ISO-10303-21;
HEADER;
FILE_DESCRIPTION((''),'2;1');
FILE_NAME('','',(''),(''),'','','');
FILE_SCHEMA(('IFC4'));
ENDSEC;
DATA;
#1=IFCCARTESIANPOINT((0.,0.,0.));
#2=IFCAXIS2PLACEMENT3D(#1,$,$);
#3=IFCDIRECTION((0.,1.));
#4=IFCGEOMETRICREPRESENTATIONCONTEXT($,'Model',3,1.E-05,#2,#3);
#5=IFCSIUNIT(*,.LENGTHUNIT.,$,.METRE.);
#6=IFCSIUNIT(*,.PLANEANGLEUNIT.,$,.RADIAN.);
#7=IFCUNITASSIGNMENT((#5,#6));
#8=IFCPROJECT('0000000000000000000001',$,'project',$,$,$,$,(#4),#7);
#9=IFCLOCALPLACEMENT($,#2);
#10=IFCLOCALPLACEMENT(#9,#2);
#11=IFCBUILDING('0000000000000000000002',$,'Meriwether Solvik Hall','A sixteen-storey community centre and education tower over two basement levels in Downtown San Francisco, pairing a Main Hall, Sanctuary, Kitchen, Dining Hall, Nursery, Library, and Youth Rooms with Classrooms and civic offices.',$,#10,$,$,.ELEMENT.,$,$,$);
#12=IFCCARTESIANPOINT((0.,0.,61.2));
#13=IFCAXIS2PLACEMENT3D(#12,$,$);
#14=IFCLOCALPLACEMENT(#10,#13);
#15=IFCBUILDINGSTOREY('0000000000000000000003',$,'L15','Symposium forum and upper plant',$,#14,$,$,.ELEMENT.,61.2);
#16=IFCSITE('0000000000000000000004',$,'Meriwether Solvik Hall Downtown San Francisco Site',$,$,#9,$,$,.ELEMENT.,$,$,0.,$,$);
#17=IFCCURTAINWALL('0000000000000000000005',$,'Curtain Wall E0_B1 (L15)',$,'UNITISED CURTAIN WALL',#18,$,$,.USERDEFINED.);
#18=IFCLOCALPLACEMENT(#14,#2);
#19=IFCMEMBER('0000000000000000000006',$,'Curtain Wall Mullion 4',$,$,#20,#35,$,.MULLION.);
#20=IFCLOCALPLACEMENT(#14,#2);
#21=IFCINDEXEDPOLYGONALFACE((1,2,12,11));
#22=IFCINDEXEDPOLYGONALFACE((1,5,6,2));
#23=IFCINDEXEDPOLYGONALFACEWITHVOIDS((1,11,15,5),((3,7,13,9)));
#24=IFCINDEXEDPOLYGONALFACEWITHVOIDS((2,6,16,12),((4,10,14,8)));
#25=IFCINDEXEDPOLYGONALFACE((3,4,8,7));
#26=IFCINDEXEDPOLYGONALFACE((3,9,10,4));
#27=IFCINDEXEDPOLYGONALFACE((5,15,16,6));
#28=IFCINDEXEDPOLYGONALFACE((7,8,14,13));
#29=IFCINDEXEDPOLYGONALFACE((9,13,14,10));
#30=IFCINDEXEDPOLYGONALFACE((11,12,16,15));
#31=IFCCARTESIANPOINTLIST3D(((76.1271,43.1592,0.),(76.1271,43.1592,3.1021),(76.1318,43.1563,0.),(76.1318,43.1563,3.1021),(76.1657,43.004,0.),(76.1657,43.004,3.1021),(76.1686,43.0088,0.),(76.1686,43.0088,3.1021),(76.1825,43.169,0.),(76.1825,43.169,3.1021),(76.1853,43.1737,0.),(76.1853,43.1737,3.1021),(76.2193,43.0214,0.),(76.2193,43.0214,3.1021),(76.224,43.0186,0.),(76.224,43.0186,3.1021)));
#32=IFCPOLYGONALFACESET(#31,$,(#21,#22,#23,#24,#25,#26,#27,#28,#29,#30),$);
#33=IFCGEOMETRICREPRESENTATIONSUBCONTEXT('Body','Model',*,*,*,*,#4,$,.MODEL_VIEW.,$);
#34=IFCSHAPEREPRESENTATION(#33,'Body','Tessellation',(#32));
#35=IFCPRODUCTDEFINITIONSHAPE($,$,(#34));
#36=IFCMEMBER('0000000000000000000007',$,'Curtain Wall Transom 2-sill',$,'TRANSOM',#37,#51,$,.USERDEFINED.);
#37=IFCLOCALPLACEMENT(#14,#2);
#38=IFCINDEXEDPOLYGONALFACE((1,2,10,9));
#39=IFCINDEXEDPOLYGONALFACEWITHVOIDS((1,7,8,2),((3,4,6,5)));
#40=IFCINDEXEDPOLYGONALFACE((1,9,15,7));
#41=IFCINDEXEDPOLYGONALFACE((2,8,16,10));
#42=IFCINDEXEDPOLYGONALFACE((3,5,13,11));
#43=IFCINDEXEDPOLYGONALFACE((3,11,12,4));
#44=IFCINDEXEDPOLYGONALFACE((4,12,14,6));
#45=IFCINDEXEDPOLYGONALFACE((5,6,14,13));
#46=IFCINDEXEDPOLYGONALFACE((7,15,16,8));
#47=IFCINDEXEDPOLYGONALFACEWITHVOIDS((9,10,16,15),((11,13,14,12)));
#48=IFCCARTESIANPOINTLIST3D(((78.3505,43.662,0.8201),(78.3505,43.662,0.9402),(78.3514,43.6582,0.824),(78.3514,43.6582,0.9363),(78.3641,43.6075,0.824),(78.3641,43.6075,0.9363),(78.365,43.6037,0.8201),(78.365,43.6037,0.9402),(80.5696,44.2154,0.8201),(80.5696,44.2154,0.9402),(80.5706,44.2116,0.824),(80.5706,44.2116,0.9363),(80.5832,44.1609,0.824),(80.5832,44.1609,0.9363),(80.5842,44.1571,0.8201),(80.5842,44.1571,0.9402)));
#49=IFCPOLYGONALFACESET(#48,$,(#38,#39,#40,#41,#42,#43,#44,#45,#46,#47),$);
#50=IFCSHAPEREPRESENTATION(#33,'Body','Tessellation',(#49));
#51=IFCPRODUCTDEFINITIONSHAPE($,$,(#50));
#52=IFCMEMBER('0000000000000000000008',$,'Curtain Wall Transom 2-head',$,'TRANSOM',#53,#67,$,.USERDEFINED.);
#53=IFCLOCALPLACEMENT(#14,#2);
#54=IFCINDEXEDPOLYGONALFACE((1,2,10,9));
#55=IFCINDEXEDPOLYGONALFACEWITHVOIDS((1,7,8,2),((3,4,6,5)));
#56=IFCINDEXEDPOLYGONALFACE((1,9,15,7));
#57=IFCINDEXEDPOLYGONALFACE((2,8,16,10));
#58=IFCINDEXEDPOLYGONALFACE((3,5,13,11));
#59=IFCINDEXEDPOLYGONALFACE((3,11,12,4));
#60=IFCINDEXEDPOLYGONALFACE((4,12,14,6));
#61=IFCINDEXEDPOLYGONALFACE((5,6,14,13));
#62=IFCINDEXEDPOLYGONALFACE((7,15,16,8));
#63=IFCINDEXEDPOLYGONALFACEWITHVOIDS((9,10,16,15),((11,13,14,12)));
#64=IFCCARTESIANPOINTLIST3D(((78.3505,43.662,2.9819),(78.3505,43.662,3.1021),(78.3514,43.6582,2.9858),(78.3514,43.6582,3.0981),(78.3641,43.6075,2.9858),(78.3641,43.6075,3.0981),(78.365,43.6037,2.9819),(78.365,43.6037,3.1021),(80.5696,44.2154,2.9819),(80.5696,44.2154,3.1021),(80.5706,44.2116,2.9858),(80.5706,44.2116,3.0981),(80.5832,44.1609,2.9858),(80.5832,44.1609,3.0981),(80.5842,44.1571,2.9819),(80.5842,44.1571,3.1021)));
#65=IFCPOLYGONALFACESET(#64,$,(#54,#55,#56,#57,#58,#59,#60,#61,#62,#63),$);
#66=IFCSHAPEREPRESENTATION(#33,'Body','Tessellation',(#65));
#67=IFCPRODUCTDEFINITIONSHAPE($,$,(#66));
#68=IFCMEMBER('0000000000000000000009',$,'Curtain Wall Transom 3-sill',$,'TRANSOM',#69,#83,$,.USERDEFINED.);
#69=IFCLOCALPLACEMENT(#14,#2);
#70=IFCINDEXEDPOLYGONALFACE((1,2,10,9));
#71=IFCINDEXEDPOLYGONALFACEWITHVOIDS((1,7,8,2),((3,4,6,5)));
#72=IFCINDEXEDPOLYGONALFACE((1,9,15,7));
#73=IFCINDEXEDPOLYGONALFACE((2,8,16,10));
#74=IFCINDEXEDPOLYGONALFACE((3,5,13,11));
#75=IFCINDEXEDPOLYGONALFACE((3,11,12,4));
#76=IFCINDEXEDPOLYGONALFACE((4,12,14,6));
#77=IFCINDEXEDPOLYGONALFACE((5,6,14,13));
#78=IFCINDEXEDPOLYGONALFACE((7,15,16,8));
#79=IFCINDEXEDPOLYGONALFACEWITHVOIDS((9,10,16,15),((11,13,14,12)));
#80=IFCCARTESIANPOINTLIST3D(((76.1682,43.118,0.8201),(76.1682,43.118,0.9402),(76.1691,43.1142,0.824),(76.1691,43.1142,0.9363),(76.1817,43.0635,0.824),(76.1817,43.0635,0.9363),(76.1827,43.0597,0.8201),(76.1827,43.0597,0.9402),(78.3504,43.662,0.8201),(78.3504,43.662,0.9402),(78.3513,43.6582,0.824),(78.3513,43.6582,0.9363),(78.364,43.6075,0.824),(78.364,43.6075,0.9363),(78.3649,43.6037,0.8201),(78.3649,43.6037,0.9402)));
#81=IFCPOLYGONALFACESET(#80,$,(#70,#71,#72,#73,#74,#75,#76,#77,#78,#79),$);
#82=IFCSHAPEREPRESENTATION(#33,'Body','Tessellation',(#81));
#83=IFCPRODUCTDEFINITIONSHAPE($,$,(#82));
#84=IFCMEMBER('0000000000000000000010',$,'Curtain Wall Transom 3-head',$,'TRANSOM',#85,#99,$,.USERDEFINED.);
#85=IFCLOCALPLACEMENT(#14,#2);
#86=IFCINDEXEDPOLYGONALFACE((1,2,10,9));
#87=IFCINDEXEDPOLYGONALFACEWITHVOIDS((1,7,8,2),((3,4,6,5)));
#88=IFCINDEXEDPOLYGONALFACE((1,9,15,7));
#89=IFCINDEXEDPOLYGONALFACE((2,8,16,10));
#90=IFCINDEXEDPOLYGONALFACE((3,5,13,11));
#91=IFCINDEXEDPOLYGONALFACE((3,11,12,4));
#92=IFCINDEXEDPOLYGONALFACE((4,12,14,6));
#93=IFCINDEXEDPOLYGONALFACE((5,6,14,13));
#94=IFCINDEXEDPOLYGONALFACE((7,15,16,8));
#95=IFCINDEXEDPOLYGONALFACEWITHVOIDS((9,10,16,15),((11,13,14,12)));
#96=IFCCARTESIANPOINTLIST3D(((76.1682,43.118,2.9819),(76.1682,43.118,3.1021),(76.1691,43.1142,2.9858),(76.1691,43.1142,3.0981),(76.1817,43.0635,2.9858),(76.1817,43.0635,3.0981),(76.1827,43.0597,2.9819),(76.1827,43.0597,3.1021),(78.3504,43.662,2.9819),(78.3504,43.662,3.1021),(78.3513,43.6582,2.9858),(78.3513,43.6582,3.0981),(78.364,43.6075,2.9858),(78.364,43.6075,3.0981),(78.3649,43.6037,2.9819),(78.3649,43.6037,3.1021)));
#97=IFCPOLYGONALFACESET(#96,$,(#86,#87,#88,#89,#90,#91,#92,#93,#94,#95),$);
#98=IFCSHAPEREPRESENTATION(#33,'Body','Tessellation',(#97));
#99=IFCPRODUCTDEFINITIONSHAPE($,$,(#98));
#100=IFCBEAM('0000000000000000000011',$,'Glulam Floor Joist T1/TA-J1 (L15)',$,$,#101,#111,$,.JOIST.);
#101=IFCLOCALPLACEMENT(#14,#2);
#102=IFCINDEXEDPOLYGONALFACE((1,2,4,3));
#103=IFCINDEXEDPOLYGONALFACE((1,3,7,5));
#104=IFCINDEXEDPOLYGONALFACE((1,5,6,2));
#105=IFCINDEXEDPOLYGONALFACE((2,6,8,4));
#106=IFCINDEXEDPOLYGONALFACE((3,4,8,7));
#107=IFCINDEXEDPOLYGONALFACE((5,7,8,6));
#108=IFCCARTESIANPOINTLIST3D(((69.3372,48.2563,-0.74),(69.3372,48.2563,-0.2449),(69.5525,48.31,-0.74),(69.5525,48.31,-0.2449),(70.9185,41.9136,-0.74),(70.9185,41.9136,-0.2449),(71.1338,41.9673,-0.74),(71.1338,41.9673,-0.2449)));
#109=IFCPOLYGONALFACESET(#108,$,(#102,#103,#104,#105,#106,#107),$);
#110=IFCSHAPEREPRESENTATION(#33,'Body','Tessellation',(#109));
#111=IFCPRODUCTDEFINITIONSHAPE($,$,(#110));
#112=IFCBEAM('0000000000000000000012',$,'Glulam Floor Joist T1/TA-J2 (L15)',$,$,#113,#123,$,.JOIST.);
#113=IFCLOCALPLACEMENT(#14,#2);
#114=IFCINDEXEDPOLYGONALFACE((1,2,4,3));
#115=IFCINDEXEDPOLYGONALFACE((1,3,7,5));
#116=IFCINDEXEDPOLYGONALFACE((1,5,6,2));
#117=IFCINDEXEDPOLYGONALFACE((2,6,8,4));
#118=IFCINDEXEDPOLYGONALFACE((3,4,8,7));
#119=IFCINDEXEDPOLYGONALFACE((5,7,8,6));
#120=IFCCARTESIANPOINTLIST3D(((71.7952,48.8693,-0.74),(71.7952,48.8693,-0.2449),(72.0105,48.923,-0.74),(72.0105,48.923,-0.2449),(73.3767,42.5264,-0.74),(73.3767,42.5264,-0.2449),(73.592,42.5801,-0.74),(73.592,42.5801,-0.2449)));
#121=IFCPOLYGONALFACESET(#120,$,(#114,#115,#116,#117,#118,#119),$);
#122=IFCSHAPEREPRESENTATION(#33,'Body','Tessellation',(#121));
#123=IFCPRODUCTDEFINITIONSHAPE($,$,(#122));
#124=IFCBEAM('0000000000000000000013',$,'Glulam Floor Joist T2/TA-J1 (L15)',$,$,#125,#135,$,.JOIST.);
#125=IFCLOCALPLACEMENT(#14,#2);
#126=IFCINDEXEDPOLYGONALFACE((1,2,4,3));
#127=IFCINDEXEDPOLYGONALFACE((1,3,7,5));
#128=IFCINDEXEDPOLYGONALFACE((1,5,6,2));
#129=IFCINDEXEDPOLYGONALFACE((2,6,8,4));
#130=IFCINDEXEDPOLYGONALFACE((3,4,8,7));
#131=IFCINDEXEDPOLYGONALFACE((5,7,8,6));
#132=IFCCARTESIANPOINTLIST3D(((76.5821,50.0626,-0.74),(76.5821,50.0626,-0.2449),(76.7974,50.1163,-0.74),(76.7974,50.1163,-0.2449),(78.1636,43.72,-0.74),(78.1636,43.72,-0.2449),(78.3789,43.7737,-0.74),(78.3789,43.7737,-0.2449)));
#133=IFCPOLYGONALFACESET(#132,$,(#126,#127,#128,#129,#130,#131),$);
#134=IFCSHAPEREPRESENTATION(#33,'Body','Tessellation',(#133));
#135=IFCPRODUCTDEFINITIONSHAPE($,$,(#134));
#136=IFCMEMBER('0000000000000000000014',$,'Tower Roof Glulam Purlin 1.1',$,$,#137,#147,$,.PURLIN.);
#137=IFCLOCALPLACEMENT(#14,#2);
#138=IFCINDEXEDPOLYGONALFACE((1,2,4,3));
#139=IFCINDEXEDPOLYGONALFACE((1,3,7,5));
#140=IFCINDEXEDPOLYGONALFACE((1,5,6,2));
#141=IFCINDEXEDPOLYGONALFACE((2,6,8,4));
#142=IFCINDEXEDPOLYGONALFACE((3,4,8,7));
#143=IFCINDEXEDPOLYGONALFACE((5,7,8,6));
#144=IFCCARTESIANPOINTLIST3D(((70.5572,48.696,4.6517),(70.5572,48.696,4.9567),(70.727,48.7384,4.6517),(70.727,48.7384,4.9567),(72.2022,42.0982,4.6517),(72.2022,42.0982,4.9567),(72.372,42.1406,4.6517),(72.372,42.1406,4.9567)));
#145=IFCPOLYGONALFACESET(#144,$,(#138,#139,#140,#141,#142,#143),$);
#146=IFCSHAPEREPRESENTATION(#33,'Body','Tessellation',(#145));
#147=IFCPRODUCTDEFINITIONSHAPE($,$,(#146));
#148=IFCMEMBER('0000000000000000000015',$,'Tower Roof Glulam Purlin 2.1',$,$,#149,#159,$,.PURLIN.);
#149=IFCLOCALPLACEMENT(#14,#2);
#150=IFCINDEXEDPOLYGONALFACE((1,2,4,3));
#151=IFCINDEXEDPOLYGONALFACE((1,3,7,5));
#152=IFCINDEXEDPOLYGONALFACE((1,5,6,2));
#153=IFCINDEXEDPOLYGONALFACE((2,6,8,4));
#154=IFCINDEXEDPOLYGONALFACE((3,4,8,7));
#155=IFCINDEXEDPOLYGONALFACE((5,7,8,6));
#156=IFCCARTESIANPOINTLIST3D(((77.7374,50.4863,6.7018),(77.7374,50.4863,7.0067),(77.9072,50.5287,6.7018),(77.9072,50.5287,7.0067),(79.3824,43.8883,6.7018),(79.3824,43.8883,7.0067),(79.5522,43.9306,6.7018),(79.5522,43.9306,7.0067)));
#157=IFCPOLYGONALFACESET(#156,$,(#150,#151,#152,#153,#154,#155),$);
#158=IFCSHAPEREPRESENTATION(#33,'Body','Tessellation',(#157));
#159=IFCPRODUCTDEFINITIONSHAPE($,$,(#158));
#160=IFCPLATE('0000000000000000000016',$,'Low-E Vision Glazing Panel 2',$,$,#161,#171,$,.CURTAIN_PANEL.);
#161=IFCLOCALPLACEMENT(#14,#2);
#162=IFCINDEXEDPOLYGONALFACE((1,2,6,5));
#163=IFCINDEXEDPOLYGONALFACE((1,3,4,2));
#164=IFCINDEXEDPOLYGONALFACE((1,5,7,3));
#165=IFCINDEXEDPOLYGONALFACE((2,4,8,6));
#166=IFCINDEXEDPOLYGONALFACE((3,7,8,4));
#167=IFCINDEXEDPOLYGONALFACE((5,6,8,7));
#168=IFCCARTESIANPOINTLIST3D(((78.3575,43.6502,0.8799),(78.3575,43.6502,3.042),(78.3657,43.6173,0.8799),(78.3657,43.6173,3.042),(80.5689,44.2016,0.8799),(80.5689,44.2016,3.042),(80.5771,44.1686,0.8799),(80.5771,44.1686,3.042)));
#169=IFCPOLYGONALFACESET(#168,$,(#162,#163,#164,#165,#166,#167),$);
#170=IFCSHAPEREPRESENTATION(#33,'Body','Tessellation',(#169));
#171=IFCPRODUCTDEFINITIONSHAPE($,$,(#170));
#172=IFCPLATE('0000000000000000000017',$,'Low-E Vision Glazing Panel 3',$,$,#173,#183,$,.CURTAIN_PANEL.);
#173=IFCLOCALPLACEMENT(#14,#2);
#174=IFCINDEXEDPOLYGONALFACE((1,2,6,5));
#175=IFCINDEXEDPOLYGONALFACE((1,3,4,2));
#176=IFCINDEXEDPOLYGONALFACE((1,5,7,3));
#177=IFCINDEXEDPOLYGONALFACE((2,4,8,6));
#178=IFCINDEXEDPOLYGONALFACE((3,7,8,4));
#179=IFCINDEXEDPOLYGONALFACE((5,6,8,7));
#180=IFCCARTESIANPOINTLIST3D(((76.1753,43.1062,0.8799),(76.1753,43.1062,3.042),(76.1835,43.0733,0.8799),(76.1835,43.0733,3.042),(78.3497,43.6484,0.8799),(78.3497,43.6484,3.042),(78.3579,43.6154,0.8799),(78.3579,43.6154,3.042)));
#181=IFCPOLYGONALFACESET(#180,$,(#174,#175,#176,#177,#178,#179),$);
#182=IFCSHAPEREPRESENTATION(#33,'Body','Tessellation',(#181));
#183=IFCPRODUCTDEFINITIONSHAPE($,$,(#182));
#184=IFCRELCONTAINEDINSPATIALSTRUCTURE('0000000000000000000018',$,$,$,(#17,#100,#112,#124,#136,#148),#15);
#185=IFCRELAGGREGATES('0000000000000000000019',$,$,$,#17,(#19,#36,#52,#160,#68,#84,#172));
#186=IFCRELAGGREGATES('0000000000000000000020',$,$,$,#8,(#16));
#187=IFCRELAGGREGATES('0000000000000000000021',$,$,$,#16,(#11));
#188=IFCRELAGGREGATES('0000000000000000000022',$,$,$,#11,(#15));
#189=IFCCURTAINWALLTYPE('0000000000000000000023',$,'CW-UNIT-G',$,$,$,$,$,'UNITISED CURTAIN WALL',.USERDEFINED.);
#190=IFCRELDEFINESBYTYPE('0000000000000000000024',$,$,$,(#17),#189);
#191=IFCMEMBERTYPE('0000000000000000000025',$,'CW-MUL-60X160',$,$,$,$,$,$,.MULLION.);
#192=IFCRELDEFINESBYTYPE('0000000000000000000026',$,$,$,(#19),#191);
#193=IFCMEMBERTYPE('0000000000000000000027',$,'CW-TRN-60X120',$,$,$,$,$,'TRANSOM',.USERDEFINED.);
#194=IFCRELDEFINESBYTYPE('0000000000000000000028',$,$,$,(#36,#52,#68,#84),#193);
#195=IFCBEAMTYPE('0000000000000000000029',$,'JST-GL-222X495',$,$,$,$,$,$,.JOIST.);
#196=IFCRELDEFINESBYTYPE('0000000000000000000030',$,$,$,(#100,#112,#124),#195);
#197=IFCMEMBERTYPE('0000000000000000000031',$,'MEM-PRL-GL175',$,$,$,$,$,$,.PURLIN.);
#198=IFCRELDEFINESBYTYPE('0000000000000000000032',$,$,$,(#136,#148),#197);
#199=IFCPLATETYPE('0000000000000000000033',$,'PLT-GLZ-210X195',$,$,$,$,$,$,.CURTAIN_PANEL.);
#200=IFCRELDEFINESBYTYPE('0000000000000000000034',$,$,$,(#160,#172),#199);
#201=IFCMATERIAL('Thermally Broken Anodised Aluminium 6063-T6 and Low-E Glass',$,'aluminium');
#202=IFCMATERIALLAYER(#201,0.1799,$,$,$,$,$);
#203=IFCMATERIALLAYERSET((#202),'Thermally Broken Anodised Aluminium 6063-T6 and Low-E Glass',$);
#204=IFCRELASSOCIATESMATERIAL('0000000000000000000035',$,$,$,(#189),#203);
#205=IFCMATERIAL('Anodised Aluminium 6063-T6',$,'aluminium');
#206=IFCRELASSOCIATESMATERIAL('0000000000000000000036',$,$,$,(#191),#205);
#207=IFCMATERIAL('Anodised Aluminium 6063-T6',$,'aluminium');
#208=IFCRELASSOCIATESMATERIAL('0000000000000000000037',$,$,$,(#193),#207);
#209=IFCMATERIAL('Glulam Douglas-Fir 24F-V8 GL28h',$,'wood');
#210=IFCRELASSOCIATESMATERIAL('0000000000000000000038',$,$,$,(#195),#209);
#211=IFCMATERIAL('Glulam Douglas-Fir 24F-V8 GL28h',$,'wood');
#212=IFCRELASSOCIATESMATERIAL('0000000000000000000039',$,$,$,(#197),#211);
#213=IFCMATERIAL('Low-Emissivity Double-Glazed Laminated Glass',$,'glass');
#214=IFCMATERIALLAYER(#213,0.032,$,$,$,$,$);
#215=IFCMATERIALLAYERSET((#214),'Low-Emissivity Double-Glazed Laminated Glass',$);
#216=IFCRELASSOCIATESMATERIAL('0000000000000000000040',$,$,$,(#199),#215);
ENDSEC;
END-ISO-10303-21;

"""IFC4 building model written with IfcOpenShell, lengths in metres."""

from ifc_helpers import new_model, si_unit, direction, frame, origin, origin_2d, place, context, subcontext, project, spatial, rectangle, hollow_rectangle, extrude, material, layer, layer_set, material_profile, profile_set, type_object, element, aggregate, save


model = new_model("IFC4")

# Units and contexts
model_context = context("Model", 3, precision=1e-05, world=origin(), true_north=direction((0.0, 1.0)))
body_context = subcontext(model_context, "Body", "Model", "MODEL_VIEW")
ifc_project = project(units=[si_unit("LENGTHUNIT", "METRE"), si_unit("PLANEANGLEUNIT", "RADIAN")], contexts=[model_context])

# Site, building, storey
site_placement = place(None, origin())
site = spatial("IfcSite", under=ifc_project, at=site_placement, Name="Meriwether Solvik Hall Downtown San Francisco Site", CompositionType="ELEMENT", RefElevation=0.0)
building_placement = place(site_placement, origin())
building = spatial("IfcBuilding", under=site, at=building_placement, Name="Meriwether Solvik Hall", Description="A sixteen-storey community centre and education tower over two basement levels in Downtown San Francisco, pairing a Main Hall, Sanctuary, Kitchen, Dining Hall, Nursery, Library, and Youth Rooms with Classrooms and civic offices.", CompositionType="ELEMENT")
storey_placement = place(building_placement, frame((0.0, 0.0, 61.2)))
storey = spatial("IfcBuildingStorey", under=building, at=storey_placement, Name="L15", Description="Symposium forum and upper plant", CompositionType="ELEMENT", Elevation=61.2)

# Curtain wall, members
ifc_material_1 = material(Name="Thermally Broken Anodised Aluminium 6063-T6 and Low-E Glass", Category="aluminium")
ifc_layer_1 = layer(ifc_material_1, 0.1799)
ifc_layer_set_1 = layer_set([ifc_layer_1], Name="Thermally Broken Anodised Aluminium 6063-T6 and Low-E Glass")
curtain_wall_type = type_object("IfcCurtainWallType", Name="CW-UNIT-G", ElementType="UNITISED CURTAIN WALL", PredefinedType="USERDEFINED", material=ifc_layer_set_1)
curtain_wall_placement = place(storey_placement, origin())
curtain_wall = element("IfcCurtainWall", 1, at=curtain_wall_placement, inside=storey, type_object=curtain_wall_type, Name="Curtain Wall E0_B1 (L15)", ObjectType="UNITISED CURTAIN WALL", PredefinedType="USERDEFINED")
ifc_material_2 = material(Name="Anodised Aluminium 6063-T6", Category="aluminium")
ifc_material_profile_1 = material_profile(ifc_material_2, hollow_rectangle(XDim=0.0601, YDim=0.1599, WallThickness=0.0039, at=origin_2d()), Name="CWM-60X160")
ifc_profile_set_1 = profile_set([ifc_material_profile_1], Name="Anodised Aluminium 6063-T6")
member_type_1 = type_object("IfcMemberType", Name="CW-MUL-60X160", PredefinedType="MULLION", material=ifc_profile_set_1)
member_1_placement = place(storey_placement, frame((76.1755, 43.0889, 0.0), z_axis=(0.0, 0.0, 1.0), x_axis=(-0.970296, -0.241922, 0.0)))
member_1 = element("IfcMember", 2, at=member_1_placement, type_object=member_type_1, Name="Curtain Wall Mullion 4", PredefinedType="MULLION", context=body_context, shape_type="SweptSolid", body=[
    extrude(hollow_rectangle(XDim=0.0601, YDim=0.1599, WallThickness=0.0039, at=origin_2d()), origin(), (0.0, 0.0, 1.0), 3.1021),
])
ifc_material_3 = material(Name="Anodised Aluminium 6063-T6", Category="aluminium")
ifc_material_profile_2 = material_profile(ifc_material_3, hollow_rectangle(XDim=0.0601, YDim=0.1201, WallThickness=0.0039, at=origin_2d()), Name="CWT-60X120")
ifc_profile_set_2 = profile_set([ifc_material_profile_2], Name="Anodised Aluminium 6063-T6")
member_type_2 = type_object("IfcMemberType", Name="CW-TRN-60X120", ElementType="TRANSOM", PredefinedType="USERDEFINED", material=ifc_profile_set_2)
member_2_placement = place(storey_placement, frame((80.5769, 44.1863, 0.8801), z_axis=(-0.97028, -0.241983, 0.0), x_axis=(0.241983, -0.97028, 0.0)))
member_2 = element("IfcMember", 3, at=member_2_placement, type_object=member_type_2, Name="Curtain Wall Transom 2-sill", ObjectType="TRANSOM", PredefinedType="USERDEFINED", context=body_context, shape_type="SweptSolid", body=[
    extrude(hollow_rectangle(XDim=0.0601, YDim=0.1201, WallThickness=0.0039, at=origin_2d()), origin(), (0.0, 0.0, 1.0), 2.2871),
])
member_3_placement = place(storey_placement, frame((80.5769, 44.1863, 3.042), z_axis=(-0.97028, -0.241983, 0.0), x_axis=(0.241983, -0.97028, 0.0)))
member_3 = element("IfcMember", 4, at=member_3_placement, type_object=member_type_2, Name="Curtain Wall Transom 2-head", ObjectType="TRANSOM", PredefinedType="USERDEFINED", context=body_context, shape_type="SweptSolid", body=[
    extrude(hollow_rectangle(XDim=0.0601, YDim=0.1201, WallThickness=0.0039, at=origin_2d()), origin(), (0.0, 0.0, 1.0), 2.2871),
])
member_4_placement = place(storey_placement, frame((78.3577, 43.6328, 0.8801), z_axis=(-0.970308, -0.241871, 0.0), x_axis=(0.241871, -0.970308, 0.0)))
member_4 = element("IfcMember", 5, at=member_4_placement, type_object=member_type_2, Name="Curtain Wall Transom 3-sill", ObjectType="TRANSOM", PredefinedType="USERDEFINED", context=body_context, shape_type="SweptSolid", body=[
    extrude(hollow_rectangle(XDim=0.0601, YDim=0.1201, WallThickness=0.0039, at=origin_2d()), origin(), (0.0, 0.0, 1.0), 2.249),
])
member_5_placement = place(storey_placement, frame((78.3577, 43.6328, 3.042), z_axis=(-0.970308, -0.241871, 0.0), x_axis=(0.241871, -0.970308, 0.0)))
member_5 = element("IfcMember", 6, at=member_5_placement, type_object=member_type_2, Name="Curtain Wall Transom 3-head", ObjectType="TRANSOM", PredefinedType="USERDEFINED", context=body_context, shape_type="SweptSolid", body=[
    extrude(hollow_rectangle(XDim=0.0601, YDim=0.1201, WallThickness=0.0039, at=origin_2d()), origin(), (0.0, 0.0, 1.0), 2.249),
])

# Beams
ifc_material_4 = material(Name="Glulam Douglas-Fir 24F-V8 GL28h", Category="wood")
ifc_material_profile_3 = material_profile(ifc_material_4, rectangle(XDim=0.2219, YDim=0.4951, at=origin_2d()), Name="GLJ-222X495")
ifc_profile_set_3 = profile_set([ifc_material_profile_3], Name="Glulam Douglas-Fir 24F-V8 GL28h")
beam_type_1 = type_object("IfcBeamType", Name="JST-GL-222X495", PredefinedType="JOIST", material=ifc_profile_set_3)
beam_1_placement = place(storey_placement, frame((71.0261, 41.9404, -0.4924), z_axis=(-0.241903, 0.9703, 0.0), x_axis=(-0.9703, -0.241903, 0.0)))
element("IfcBeam", 7, at=beam_1_placement, inside=storey, type_object=beam_type_1, Name="Glulam Floor Joist T1/TA-J1 (L15)", PredefinedType="JOIST", context=body_context, shape_type="SweptSolid", body=[
    extrude(rectangle(XDim=0.2219, YDim=0.4951, at=origin_2d()), origin(), (0.0, 0.0, 1.0), 6.5369),
])
beam_2_placement = place(storey_placement, frame((73.4844, 42.5532, -0.4924), z_axis=(-0.241929, 0.970294, 0.0), x_axis=(-0.970294, -0.241929, 0.0)))
element("IfcBeam", 8, at=beam_2_placement, inside=storey, type_object=beam_type_1, Name="Glulam Floor Joist T1/TA-J2 (L15)", PredefinedType="JOIST", context=body_context, shape_type="SweptSolid", body=[
    extrude(rectangle(XDim=0.2219, YDim=0.4951, at=origin_2d()), origin(), (0.0, 0.0, 1.0), 6.5371),
])
beam_3_placement = place(storey_placement, frame((78.2712, 43.7468, -0.4924), z_axis=(-0.241938, 0.970292, 0.0), x_axis=(-0.970292, -0.241938, 0.0)))
element("IfcBeam", 9, at=beam_3_placement, inside=storey, type_object=beam_type_1, Name="Glulam Floor Joist T2/TA-J1 (L15)", PredefinedType="JOIST", context=body_context, shape_type="SweptSolid", body=[
    extrude(rectangle(XDim=0.2219, YDim=0.4951, at=origin_2d()), origin(), (0.0, 0.0, 1.0), 6.5369),
])

# Members
ifc_material_5 = material(Name="Glulam Douglas-Fir 24F-V8 GL28h", Category="wood")
ifc_material_profile_4 = material_profile(ifc_material_5, rectangle(XDim=0.175, YDim=0.3049, at=origin_2d()), Name="GLM-175X305")
ifc_profile_set_4 = profile_set([ifc_material_profile_4], Name="Glulam Douglas-Fir 24F-V8 GL28h")
member_type_3 = type_object("IfcMemberType", Name="MEM-PRL-GL175", PredefinedType="PURLIN", material=ifc_profile_set_4)
member_6_placement = place(storey_placement, frame((72.2871, 42.1194, 4.8042), z_axis=(-0.241919, 0.970296, 0.0), x_axis=(-0.970296, -0.241919, 0.0)))
element("IfcMember", 10, at=member_6_placement, inside=storey, type_object=member_type_3, Name="Tower Roof Glulam Purlin 1.1", PredefinedType="PURLIN", context=body_context, shape_type="SweptSolid", body=[
    extrude(rectangle(XDim=0.175, YDim=0.3049, at=origin_2d()), origin(), (0.0, 0.0, 1.0), 6.7998),
])
member_7_placement = place(storey_placement, frame((79.4673, 43.9094, 6.8542), z_axis=(-0.24191, 0.970299, 0.0), x_axis=(-0.970299, -0.24191, 0.0)))
element("IfcMember", 11, at=member_7_placement, inside=storey, type_object=member_type_3, Name="Tower Roof Glulam Purlin 2.1", PredefinedType="PURLIN", context=body_context, shape_type="SweptSolid", body=[
    extrude(rectangle(XDim=0.175, YDim=0.3049, at=origin_2d()), origin(), (0.0, 0.0, 1.0), 6.8),
])

# Plates
ifc_material_6 = material(Name="Low-Emissivity Double-Glazed Laminated Glass", Category="glass")
ifc_layer_2 = layer(ifc_material_6, 0.032)
ifc_layer_set_2 = layer_set([ifc_layer_2], Name="Low-Emissivity Double-Glazed Laminated Glass")
plate_type_1 = type_object("IfcPlateType", Name="PLT-GLZ-210X195", PredefinedType="CURTAIN_PANEL", material=ifc_layer_set_2)
plate_1_placement = place(storey_placement, frame((79.4673, 43.9094, 0.8799), z_axis=(0.0, 0.0, 1.0), x_axis=(-0.970296, -0.241922, 0.0)))
plate_1 = element("IfcPlate", 12, at=plate_1_placement, type_object=plate_type_1, Name="Low-E Vision Glazing Panel 2", PredefinedType="CURTAIN_PANEL", context=body_context, shape_type="SweptSolid", body=[
    extrude(rectangle(XDim=2.2791, YDim=0.0339, at=origin_2d()), origin(), (0.0, 0.0, 1.0), 2.1621),
])
plate_2_placement = place(storey_placement, frame((77.2666, 43.3608, 0.8799), z_axis=(0.0, 0.0, 1.0), x_axis=(-0.970296, -0.241922, 0.0)))
plate_2 = element("IfcPlate", 13, at=plate_2_placement, type_object=plate_type_1, Name="Low-E Vision Glazing Panel 3", PredefinedType="CURTAIN_PANEL", context=body_context, shape_type="SweptSolid", body=[
    extrude(rectangle(XDim=2.241, YDim=0.0339, at=origin_2d()), origin(), (0.0, 0.0, 1.0), 2.1621),
])
aggregate(curtain_wall, [member_1, member_2, member_3, plate_1, member_4, member_5, plate_2])

save(model, "model.ifc")
